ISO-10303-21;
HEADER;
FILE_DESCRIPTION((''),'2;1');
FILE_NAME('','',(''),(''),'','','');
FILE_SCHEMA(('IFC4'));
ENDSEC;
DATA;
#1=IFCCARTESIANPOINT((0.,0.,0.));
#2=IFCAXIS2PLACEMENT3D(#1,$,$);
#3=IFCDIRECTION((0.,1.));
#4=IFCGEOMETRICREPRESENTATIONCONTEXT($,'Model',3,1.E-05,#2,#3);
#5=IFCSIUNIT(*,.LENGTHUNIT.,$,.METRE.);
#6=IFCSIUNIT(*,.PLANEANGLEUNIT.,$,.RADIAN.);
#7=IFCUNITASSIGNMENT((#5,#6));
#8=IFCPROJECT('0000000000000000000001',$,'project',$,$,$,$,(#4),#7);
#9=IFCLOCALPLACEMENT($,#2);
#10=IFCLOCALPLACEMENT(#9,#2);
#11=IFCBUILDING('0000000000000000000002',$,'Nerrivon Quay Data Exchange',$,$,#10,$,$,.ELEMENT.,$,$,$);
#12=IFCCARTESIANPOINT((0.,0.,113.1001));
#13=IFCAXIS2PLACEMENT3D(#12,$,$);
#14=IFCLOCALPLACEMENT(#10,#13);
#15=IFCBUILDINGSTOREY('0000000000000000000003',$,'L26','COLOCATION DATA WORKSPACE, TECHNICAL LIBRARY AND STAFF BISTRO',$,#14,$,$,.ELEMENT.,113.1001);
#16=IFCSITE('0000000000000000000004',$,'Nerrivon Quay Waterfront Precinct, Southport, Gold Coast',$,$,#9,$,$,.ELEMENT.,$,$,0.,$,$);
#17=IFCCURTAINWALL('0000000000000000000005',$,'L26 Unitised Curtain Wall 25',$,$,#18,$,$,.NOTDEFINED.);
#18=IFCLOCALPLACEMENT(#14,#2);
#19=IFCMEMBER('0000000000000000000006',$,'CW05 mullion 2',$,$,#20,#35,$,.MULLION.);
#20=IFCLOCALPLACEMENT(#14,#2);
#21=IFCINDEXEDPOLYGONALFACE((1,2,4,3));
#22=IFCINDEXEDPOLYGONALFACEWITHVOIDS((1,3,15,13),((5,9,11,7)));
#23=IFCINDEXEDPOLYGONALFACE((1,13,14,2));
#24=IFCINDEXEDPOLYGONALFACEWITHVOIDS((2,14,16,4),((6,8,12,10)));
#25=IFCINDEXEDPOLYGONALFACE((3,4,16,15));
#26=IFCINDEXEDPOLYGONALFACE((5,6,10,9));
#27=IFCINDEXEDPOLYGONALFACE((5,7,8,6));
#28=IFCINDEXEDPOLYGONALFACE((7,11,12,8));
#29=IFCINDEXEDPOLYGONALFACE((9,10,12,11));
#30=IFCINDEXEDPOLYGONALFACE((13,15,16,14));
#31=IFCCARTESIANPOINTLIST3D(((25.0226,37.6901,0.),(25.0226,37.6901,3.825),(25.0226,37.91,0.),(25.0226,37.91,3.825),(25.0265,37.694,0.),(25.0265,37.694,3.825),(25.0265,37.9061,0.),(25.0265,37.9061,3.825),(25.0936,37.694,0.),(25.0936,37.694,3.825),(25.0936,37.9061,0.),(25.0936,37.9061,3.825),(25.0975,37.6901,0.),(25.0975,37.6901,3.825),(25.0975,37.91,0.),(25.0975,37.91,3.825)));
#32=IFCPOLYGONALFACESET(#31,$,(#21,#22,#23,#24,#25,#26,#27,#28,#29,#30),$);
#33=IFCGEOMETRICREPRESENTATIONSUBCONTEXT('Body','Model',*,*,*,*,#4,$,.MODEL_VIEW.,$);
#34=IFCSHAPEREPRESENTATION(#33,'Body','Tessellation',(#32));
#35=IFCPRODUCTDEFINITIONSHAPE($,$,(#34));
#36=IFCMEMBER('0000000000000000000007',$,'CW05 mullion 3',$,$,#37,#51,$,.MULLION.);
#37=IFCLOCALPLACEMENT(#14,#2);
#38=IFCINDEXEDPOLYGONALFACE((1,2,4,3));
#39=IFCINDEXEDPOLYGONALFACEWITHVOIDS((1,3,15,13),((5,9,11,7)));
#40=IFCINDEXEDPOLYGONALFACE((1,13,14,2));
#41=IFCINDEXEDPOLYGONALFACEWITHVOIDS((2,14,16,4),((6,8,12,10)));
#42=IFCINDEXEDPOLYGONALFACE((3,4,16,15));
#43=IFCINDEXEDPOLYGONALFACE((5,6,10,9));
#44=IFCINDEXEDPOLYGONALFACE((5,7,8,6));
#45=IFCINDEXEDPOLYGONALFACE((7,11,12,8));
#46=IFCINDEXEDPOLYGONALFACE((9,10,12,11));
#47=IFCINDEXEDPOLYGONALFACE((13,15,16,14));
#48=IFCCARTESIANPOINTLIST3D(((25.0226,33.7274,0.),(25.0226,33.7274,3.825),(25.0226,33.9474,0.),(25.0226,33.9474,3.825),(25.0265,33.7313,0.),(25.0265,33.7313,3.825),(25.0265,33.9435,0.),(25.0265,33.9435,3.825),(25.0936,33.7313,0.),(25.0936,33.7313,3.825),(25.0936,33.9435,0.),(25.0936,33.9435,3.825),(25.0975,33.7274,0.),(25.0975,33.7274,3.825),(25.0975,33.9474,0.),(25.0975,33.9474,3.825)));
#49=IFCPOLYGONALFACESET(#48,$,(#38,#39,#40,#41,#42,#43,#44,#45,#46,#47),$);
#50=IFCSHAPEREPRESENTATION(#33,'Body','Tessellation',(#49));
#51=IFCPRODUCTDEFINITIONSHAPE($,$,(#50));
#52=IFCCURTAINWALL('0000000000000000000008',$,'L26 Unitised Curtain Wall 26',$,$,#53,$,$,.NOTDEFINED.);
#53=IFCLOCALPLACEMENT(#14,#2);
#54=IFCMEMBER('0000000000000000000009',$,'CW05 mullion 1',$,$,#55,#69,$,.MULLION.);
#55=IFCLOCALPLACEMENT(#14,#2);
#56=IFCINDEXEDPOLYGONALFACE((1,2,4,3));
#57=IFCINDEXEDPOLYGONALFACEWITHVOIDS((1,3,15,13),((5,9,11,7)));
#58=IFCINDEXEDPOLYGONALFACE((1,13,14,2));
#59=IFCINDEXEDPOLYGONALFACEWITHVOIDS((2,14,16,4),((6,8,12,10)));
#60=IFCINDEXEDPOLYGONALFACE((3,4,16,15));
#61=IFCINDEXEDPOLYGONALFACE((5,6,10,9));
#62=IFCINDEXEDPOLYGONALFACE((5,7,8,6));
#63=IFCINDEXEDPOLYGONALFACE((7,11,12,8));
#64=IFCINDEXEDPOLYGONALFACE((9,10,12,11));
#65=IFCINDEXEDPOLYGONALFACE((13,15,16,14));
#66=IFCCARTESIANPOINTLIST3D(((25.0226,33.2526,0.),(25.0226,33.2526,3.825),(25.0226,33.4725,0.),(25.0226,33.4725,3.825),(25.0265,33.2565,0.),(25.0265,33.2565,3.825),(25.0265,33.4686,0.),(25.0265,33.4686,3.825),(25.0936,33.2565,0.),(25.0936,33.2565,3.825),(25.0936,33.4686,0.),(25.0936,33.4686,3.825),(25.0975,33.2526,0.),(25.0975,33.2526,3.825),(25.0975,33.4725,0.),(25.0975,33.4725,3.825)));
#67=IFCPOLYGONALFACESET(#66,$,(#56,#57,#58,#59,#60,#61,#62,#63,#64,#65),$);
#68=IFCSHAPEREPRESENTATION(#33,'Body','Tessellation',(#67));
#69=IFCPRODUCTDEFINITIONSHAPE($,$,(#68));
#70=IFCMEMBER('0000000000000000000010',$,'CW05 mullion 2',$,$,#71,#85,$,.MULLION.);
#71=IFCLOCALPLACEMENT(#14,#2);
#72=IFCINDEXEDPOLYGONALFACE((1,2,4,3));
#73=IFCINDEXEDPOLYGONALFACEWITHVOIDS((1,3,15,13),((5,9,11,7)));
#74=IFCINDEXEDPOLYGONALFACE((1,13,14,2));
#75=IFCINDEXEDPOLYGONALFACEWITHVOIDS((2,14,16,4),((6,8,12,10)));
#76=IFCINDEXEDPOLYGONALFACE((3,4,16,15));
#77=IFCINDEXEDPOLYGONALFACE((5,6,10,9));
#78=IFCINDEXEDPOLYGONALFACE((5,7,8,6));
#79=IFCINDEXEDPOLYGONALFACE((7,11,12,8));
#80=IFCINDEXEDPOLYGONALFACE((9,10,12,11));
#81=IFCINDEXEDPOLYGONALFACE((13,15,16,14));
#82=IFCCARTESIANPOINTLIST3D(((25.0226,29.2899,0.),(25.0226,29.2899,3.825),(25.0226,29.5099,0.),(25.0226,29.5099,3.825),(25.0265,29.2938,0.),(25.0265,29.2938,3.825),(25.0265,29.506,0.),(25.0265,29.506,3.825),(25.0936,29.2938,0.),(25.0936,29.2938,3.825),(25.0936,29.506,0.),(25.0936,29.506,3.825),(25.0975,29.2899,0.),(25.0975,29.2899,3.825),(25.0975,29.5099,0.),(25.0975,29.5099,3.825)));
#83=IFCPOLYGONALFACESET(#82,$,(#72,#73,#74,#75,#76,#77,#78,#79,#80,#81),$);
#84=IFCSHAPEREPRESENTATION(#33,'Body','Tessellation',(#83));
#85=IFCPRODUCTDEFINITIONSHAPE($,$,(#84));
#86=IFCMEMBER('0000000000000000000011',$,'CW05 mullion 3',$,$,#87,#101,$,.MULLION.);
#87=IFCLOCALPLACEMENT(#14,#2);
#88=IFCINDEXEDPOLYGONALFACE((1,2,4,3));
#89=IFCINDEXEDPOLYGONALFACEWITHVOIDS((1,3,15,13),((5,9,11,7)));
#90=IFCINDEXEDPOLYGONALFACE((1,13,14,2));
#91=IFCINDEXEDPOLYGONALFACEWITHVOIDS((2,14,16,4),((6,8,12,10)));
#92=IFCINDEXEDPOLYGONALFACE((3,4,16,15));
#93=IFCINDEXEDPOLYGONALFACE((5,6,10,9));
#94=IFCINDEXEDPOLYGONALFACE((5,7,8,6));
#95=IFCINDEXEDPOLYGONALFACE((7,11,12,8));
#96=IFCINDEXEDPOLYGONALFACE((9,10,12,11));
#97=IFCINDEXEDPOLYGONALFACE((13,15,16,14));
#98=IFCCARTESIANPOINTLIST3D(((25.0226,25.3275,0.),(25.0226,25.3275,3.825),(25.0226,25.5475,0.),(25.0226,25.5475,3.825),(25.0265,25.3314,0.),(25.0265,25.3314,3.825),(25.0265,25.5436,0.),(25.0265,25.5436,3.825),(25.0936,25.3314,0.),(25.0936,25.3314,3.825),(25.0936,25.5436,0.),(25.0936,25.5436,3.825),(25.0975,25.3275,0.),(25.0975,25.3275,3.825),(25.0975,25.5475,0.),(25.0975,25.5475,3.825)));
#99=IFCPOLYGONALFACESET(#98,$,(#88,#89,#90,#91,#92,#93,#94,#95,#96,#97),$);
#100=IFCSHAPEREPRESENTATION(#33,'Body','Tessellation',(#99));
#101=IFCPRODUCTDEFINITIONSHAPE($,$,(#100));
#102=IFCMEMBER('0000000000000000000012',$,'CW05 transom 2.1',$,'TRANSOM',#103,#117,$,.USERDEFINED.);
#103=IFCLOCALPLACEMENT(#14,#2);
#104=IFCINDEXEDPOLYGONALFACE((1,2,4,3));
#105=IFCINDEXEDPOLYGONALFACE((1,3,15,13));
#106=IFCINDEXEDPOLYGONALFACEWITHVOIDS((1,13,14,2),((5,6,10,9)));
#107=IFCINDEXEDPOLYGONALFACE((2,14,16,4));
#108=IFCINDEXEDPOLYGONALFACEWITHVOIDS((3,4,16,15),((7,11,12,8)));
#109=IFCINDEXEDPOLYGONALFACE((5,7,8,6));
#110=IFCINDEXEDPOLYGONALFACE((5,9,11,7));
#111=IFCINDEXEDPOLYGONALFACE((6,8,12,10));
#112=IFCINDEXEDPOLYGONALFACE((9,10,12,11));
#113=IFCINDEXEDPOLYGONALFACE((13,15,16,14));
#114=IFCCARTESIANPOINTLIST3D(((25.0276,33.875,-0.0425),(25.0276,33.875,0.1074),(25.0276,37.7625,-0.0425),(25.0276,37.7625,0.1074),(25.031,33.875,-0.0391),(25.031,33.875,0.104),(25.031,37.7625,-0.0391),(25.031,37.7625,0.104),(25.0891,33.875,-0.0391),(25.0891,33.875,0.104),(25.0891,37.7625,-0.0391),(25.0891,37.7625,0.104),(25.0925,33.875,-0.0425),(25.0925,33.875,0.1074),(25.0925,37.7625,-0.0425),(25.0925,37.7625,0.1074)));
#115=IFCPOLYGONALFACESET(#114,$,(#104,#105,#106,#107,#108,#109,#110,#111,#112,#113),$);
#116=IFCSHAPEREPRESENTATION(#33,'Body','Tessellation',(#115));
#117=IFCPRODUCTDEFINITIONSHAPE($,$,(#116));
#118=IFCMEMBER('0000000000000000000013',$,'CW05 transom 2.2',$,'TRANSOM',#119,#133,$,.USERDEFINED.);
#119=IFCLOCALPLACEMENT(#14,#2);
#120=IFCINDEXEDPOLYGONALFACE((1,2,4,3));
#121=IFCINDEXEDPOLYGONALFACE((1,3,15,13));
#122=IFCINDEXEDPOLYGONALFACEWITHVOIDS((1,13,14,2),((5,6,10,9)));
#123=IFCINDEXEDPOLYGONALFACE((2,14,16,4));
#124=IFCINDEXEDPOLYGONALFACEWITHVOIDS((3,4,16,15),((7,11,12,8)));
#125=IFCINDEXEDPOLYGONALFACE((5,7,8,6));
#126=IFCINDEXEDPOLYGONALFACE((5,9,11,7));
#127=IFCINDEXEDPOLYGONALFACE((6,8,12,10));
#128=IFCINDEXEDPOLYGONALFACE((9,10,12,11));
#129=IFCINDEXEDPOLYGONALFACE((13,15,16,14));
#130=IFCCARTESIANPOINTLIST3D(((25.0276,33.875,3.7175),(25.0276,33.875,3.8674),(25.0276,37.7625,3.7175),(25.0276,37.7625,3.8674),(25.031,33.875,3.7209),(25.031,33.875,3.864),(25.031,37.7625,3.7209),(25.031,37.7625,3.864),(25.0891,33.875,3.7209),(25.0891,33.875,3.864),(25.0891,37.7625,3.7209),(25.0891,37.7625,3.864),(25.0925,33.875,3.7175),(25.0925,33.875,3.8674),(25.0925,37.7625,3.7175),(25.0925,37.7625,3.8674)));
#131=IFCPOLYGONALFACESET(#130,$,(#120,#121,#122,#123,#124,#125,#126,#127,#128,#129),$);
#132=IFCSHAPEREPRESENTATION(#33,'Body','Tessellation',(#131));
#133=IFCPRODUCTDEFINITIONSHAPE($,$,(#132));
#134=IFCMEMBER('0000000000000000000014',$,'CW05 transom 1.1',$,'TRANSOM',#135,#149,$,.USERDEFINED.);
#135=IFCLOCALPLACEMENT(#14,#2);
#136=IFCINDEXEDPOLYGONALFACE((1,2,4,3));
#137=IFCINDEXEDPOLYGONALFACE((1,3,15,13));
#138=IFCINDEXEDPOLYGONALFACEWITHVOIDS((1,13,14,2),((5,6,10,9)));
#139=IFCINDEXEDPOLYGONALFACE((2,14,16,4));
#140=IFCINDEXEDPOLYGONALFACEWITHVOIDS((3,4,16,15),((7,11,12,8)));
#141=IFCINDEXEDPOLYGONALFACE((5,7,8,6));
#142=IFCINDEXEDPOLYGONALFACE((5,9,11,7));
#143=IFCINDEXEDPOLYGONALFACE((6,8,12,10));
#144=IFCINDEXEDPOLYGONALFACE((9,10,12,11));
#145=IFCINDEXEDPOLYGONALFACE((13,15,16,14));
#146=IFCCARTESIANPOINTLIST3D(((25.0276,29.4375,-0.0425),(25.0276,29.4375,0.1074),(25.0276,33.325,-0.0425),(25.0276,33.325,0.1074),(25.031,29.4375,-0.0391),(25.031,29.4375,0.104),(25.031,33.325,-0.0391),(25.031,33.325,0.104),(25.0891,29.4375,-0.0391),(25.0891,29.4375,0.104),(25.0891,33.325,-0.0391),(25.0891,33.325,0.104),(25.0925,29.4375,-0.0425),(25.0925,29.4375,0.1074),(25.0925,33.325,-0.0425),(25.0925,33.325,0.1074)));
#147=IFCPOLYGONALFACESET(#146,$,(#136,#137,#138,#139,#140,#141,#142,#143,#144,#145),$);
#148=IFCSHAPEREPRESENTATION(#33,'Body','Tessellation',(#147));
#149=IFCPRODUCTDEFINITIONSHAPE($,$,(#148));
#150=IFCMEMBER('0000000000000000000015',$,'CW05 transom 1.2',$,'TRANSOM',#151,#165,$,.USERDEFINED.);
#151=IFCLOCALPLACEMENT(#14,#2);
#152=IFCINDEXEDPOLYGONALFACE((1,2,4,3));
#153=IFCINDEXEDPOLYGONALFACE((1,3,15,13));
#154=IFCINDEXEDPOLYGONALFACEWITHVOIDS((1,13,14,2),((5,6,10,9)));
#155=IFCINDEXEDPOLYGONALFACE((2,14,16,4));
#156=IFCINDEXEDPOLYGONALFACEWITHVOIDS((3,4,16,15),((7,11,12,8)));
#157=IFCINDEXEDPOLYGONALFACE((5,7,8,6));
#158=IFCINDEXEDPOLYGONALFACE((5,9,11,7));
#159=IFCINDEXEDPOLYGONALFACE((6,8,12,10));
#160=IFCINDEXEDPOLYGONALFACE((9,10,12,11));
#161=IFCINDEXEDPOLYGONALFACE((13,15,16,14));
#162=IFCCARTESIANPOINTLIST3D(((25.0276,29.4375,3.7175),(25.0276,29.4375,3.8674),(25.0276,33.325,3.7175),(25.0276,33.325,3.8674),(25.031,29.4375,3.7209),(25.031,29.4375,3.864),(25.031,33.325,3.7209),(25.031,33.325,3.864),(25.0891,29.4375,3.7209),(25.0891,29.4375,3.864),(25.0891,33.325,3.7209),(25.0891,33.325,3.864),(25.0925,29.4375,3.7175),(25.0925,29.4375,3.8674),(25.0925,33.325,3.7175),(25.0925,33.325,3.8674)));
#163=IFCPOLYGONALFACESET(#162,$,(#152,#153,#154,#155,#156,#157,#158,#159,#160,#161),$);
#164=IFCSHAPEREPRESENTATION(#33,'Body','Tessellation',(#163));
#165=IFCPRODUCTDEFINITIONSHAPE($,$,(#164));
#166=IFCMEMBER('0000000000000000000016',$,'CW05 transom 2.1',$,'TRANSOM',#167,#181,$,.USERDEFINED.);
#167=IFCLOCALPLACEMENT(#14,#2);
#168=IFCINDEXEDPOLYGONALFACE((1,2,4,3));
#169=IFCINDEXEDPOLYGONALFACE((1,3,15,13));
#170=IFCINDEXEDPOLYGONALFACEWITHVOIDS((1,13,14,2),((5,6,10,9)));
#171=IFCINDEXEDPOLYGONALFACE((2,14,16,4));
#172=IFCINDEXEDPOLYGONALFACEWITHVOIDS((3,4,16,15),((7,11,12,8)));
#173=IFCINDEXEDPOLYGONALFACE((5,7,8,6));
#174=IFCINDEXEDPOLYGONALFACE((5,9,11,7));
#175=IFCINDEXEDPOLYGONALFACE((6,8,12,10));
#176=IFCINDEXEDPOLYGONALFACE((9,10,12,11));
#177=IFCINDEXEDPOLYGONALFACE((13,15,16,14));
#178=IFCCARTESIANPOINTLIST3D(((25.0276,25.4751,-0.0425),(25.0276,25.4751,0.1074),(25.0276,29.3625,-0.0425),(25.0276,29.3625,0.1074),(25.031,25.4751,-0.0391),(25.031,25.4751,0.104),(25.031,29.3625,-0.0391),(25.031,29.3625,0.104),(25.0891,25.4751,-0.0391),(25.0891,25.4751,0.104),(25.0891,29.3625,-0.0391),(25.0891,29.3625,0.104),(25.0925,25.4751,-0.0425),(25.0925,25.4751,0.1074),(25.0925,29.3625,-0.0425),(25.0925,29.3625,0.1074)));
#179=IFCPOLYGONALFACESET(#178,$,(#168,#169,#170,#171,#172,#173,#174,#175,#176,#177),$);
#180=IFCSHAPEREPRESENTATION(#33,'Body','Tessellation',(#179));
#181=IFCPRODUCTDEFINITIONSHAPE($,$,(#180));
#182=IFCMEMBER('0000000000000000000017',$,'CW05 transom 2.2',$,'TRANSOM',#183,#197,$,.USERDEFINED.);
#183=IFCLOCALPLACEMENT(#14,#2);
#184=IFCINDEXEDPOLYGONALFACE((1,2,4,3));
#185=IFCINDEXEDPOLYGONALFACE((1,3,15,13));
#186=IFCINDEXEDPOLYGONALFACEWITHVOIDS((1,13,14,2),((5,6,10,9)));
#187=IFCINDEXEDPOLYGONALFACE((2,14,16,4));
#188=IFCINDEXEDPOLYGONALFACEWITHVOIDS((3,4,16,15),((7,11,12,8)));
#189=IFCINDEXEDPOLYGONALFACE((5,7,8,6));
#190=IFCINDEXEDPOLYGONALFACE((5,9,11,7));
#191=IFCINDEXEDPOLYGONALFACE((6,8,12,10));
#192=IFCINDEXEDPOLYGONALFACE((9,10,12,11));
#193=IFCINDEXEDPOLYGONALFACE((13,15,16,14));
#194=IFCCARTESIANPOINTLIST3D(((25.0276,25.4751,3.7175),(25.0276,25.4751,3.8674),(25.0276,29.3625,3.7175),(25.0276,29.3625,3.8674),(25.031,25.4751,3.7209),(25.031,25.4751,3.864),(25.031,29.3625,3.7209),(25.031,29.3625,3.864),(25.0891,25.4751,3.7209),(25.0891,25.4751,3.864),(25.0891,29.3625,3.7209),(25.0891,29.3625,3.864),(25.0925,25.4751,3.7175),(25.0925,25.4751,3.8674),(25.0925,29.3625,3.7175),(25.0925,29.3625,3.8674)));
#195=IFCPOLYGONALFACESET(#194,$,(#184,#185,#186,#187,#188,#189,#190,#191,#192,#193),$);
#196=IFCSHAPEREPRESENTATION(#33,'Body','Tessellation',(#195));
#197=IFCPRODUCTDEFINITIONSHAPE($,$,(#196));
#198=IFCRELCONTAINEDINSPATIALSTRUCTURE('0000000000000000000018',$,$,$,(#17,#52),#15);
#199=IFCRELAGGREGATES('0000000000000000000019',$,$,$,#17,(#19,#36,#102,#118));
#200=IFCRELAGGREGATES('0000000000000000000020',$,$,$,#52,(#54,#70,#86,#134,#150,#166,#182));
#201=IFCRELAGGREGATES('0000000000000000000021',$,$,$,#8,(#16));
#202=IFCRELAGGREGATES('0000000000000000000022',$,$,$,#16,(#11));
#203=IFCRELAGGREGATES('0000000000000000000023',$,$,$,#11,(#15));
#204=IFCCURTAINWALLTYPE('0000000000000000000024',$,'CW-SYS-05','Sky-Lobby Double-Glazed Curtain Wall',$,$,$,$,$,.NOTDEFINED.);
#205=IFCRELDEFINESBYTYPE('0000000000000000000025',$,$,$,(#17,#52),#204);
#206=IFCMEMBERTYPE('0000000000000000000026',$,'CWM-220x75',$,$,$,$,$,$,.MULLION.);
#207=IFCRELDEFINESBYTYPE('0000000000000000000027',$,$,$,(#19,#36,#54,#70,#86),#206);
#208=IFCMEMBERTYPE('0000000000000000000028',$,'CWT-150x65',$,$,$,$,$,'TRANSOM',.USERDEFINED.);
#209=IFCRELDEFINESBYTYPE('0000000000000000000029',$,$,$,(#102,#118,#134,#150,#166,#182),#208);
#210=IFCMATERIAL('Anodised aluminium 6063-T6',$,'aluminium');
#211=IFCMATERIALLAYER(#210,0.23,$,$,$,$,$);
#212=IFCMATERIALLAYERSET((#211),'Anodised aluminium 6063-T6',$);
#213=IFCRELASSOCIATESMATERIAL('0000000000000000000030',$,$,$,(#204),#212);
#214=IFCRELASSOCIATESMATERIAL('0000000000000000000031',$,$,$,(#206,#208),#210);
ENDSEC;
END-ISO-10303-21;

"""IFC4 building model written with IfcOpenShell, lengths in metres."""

from ifc_helpers import new_model, si_unit, direction, frame, origin, origin_2d, place, context, subcontext, project, spatial, hollow_rectangle, extrude, material, layer, layer_set, material_profile, profile_set, type_object, element, aggregate, save


model = new_model("IFC4")

# Units and contexts
model_context = context("Model", 3, precision=1e-05, world=origin(), true_north=direction((0.0, 1.0)))
body_context = subcontext(model_context, "Body", "Model", "MODEL_VIEW")
ifc_project = project(units=[si_unit("LENGTHUNIT", "METRE"), si_unit("PLANEANGLEUNIT", "RADIAN")], contexts=[model_context])

# Site, building, storey
site_placement = place(None, origin())
site = spatial("IfcSite", under=ifc_project, at=site_placement, Name="Nerrivon Quay Waterfront Precinct, Southport, Gold Coast", CompositionType="ELEMENT", RefElevation=0.0)
building_placement = place(site_placement, origin())
building = spatial("IfcBuilding", under=site, at=building_placement, Name="Nerrivon Quay Data Exchange", CompositionType="ELEMENT")
storey_placement = place(building_placement, frame((0.0, 0.0, 113.1001)))
storey = spatial("IfcBuildingStorey", under=building, at=storey_placement, Name="L26", Description="COLOCATION DATA WORKSPACE, TECHNICAL LIBRARY AND STAFF BISTRO", CompositionType="ELEMENT", Elevation=113.1001)

# Curtain walls, members
ifc_material_1 = material(Name="Anodised aluminium 6063-T6", Category="aluminium")
ifc_layer_1 = layer(ifc_material_1, 0.23)
ifc_layer_set_1 = layer_set([ifc_layer_1], Name="Anodised aluminium 6063-T6")
curtain_wall_type = type_object("IfcCurtainWallType", Name="CW-SYS-05", Description="Sky-Lobby Double-Glazed Curtain Wall", PredefinedType="NOTDEFINED", material=ifc_layer_set_1)
curtain_wall_1_placement = place(storey_placement, origin())
curtain_wall_1 = element("IfcCurtainWall", 1, at=curtain_wall_1_placement, inside=storey, type_object=curtain_wall_type, Name="L26 Unitised Curtain Wall 25", PredefinedType="NOTDEFINED")
ifc_material_profile_1 = material_profile(ifc_material_1, hollow_rectangle(XDim=0.075, YDim=0.22, WallThickness=0.0039, at=origin_2d()), Name="ALU-MULL-220x75")
ifc_profile_set_1 = profile_set([ifc_material_profile_1], Name="Anodised aluminium 6063-T6")
member_type_1 = type_object("IfcMemberType", Name="CWM-220x75", PredefinedType="MULLION", material=ifc_profile_set_1)
member_1_placement = place(storey_placement, frame((25.0601, 37.8, 0.0), z_axis=(0.0, 0.0, 1.0), x_axis=(1.0, 0.0, 0.0)))
member_1 = element("IfcMember", 2, at=member_1_placement, type_object=member_type_1, Name="CW05 mullion 2", PredefinedType="MULLION", context=body_context, shape_type="SweptSolid", body=[
    extrude(hollow_rectangle(XDim=0.075, YDim=0.22, WallThickness=0.0039, at=origin_2d()), origin(), (0.0, 0.0, 1.0), 3.825),
])
member_2_placement = place(storey_placement, frame((25.0601, 33.8374, 0.0), z_axis=(0.0, 0.0, 1.0), x_axis=(1.0, 0.0, 0.0)))
member_2 = element("IfcMember", 3, at=member_2_placement, type_object=member_type_1, Name="CW05 mullion 3", PredefinedType="MULLION", context=body_context, shape_type="SweptSolid", body=[
    extrude(hollow_rectangle(XDim=0.075, YDim=0.22, WallThickness=0.0039, at=origin_2d()), origin(), (0.0, 0.0, 1.0), 3.825),
])
curtain_wall_2_placement = place(storey_placement, origin())
curtain_wall_2 = element("IfcCurtainWall", 4, at=curtain_wall_2_placement, inside=storey, type_object=curtain_wall_type, Name="L26 Unitised Curtain Wall 26", PredefinedType="NOTDEFINED")
member_3_placement = place(storey_placement, frame((25.0601, 33.3625, 0.0), z_axis=(0.0, 0.0, 1.0), x_axis=(1.0, 0.0, 0.0)))
member_3 = element("IfcMember", 5, at=member_3_placement, type_object=member_type_1, Name="CW05 mullion 1", PredefinedType="MULLION", context=body_context, shape_type="SweptSolid", body=[
    extrude(hollow_rectangle(XDim=0.075, YDim=0.22, WallThickness=0.0039, at=origin_2d()), origin(), (0.0, 0.0, 1.0), 3.825),
])
member_4_placement = place(storey_placement, frame((25.0601, 29.3999, 0.0), z_axis=(0.0, 0.0, 1.0), x_axis=(1.0, 0.0, 0.0)))
member_4 = element("IfcMember", 6, at=member_4_placement, type_object=member_type_1, Name="CW05 mullion 2", PredefinedType="MULLION", context=body_context, shape_type="SweptSolid", body=[
    extrude(hollow_rectangle(XDim=0.075, YDim=0.22, WallThickness=0.0039, at=origin_2d()), origin(), (0.0, 0.0, 1.0), 3.825),
])
member_5_placement = place(storey_placement, frame((25.0601, 25.4375, 0.0), z_axis=(0.0, 0.0, 1.0), x_axis=(1.0, 0.0, 0.0)))
member_5 = element("IfcMember", 7, at=member_5_placement, type_object=member_type_1, Name="CW05 mullion 3", PredefinedType="MULLION", context=body_context, shape_type="SweptSolid", body=[
    extrude(hollow_rectangle(XDim=0.075, YDim=0.22, WallThickness=0.0039, at=origin_2d()), origin(), (0.0, 0.0, 1.0), 3.825),
])

# Members
ifc_material_profile_2 = material_profile(ifc_material_1, hollow_rectangle(XDim=0.0649, YDim=0.1499, WallThickness=0.0034, at=origin_2d()), Name="ALU-TRAN-150x65")
ifc_profile_set_2 = profile_set([ifc_material_profile_2], Name="Anodised aluminium 6063-T6")
member_type_2 = type_object("IfcMemberType", Name="CWT-150x65", ElementType="TRANSOM", PredefinedType="USERDEFINED", material=ifc_profile_set_2)
member_6_placement = place(storey_placement, frame((25.0601, 37.7625, 0.0325), z_axis=(0.0, -1.0, 0.0), x_axis=(1.0, 0.0, 0.0)))
member_6 = element("IfcMember", 8, at=member_6_placement, type_object=member_type_2, Name="CW05 transom 2.1", ObjectType="TRANSOM", PredefinedType="USERDEFINED", context=body_context, shape_type="SweptSolid", body=[
    extrude(hollow_rectangle(XDim=0.0649, YDim=0.1499, WallThickness=0.0034, at=origin_2d()), origin(), (0.0, 0.0, 1.0), 3.8875),
])
member_7_placement = place(storey_placement, frame((25.0601, 37.7625, 3.7925), z_axis=(0.0, -1.0, 0.0), x_axis=(1.0, 0.0, 0.0)))
member_7 = element("IfcMember", 9, at=member_7_placement, type_object=member_type_2, Name="CW05 transom 2.2", ObjectType="TRANSOM", PredefinedType="USERDEFINED", context=body_context, shape_type="SweptSolid", body=[
    extrude(hollow_rectangle(XDim=0.0649, YDim=0.1499, WallThickness=0.0034, at=origin_2d()), origin(), (0.0, 0.0, 1.0), 3.8875),
])
member_8_placement = place(storey_placement, frame((25.0601, 33.325, 0.0325), z_axis=(0.0, -1.0, 0.0), x_axis=(1.0, 0.0, 0.0)))
member_8 = element("IfcMember", 10, at=member_8_placement, type_object=member_type_2, Name="CW05 transom 1.1", ObjectType="TRANSOM", PredefinedType="USERDEFINED", context=body_context, shape_type="SweptSolid", body=[
    extrude(hollow_rectangle(XDim=0.0649, YDim=0.1499, WallThickness=0.0034, at=origin_2d()), origin(), (0.0, 0.0, 1.0), 3.8875),
])
member_9_placement = place(storey_placement, frame((25.0601, 33.325, 3.7925), z_axis=(0.0, -1.0, 0.0), x_axis=(1.0, 0.0, 0.0)))
member_9 = element("IfcMember", 11, at=member_9_placement, type_object=member_type_2, Name="CW05 transom 1.2", ObjectType="TRANSOM", PredefinedType="USERDEFINED", context=body_context, shape_type="SweptSolid", body=[
    extrude(hollow_rectangle(XDim=0.0649, YDim=0.1499, WallThickness=0.0034, at=origin_2d()), origin(), (0.0, 0.0, 1.0), 3.8875),
])
member_10_placement = place(storey_placement, frame((25.0601, 29.3625, 0.0325), z_axis=(0.0, -1.0, 0.0), x_axis=(1.0, 0.0, 0.0)))
member_10 = element("IfcMember", 12, at=member_10_placement, type_object=member_type_2, Name="CW05 transom 2.1", ObjectType="TRANSOM", PredefinedType="USERDEFINED", context=body_context, shape_type="SweptSolid", body=[
    extrude(hollow_rectangle(XDim=0.0649, YDim=0.1499, WallThickness=0.0034, at=origin_2d()), origin(), (0.0, 0.0, 1.0), 3.8875),
])
member_11_placement = place(storey_placement, frame((25.0601, 29.3625, 3.7925), z_axis=(0.0, -1.0, 0.0), x_axis=(1.0, 0.0, 0.0)))
member_11 = element("IfcMember", 13, at=member_11_placement, type_object=member_type_2, Name="CW05 transom 2.2", ObjectType="TRANSOM", PredefinedType="USERDEFINED", context=body_context, shape_type="SweptSolid", body=[
    extrude(hollow_rectangle(XDim=0.0649, YDim=0.1499, WallThickness=0.0034, at=origin_2d()), origin(), (0.0, 0.0, 1.0), 3.8875),
])

aggregate(curtain_wall_1, [member_1, member_2, member_6, member_7])
aggregate(curtain_wall_2, [member_3, member_4, member_5, member_8, member_9, member_10, member_11])

save(model, "model.ifc")
